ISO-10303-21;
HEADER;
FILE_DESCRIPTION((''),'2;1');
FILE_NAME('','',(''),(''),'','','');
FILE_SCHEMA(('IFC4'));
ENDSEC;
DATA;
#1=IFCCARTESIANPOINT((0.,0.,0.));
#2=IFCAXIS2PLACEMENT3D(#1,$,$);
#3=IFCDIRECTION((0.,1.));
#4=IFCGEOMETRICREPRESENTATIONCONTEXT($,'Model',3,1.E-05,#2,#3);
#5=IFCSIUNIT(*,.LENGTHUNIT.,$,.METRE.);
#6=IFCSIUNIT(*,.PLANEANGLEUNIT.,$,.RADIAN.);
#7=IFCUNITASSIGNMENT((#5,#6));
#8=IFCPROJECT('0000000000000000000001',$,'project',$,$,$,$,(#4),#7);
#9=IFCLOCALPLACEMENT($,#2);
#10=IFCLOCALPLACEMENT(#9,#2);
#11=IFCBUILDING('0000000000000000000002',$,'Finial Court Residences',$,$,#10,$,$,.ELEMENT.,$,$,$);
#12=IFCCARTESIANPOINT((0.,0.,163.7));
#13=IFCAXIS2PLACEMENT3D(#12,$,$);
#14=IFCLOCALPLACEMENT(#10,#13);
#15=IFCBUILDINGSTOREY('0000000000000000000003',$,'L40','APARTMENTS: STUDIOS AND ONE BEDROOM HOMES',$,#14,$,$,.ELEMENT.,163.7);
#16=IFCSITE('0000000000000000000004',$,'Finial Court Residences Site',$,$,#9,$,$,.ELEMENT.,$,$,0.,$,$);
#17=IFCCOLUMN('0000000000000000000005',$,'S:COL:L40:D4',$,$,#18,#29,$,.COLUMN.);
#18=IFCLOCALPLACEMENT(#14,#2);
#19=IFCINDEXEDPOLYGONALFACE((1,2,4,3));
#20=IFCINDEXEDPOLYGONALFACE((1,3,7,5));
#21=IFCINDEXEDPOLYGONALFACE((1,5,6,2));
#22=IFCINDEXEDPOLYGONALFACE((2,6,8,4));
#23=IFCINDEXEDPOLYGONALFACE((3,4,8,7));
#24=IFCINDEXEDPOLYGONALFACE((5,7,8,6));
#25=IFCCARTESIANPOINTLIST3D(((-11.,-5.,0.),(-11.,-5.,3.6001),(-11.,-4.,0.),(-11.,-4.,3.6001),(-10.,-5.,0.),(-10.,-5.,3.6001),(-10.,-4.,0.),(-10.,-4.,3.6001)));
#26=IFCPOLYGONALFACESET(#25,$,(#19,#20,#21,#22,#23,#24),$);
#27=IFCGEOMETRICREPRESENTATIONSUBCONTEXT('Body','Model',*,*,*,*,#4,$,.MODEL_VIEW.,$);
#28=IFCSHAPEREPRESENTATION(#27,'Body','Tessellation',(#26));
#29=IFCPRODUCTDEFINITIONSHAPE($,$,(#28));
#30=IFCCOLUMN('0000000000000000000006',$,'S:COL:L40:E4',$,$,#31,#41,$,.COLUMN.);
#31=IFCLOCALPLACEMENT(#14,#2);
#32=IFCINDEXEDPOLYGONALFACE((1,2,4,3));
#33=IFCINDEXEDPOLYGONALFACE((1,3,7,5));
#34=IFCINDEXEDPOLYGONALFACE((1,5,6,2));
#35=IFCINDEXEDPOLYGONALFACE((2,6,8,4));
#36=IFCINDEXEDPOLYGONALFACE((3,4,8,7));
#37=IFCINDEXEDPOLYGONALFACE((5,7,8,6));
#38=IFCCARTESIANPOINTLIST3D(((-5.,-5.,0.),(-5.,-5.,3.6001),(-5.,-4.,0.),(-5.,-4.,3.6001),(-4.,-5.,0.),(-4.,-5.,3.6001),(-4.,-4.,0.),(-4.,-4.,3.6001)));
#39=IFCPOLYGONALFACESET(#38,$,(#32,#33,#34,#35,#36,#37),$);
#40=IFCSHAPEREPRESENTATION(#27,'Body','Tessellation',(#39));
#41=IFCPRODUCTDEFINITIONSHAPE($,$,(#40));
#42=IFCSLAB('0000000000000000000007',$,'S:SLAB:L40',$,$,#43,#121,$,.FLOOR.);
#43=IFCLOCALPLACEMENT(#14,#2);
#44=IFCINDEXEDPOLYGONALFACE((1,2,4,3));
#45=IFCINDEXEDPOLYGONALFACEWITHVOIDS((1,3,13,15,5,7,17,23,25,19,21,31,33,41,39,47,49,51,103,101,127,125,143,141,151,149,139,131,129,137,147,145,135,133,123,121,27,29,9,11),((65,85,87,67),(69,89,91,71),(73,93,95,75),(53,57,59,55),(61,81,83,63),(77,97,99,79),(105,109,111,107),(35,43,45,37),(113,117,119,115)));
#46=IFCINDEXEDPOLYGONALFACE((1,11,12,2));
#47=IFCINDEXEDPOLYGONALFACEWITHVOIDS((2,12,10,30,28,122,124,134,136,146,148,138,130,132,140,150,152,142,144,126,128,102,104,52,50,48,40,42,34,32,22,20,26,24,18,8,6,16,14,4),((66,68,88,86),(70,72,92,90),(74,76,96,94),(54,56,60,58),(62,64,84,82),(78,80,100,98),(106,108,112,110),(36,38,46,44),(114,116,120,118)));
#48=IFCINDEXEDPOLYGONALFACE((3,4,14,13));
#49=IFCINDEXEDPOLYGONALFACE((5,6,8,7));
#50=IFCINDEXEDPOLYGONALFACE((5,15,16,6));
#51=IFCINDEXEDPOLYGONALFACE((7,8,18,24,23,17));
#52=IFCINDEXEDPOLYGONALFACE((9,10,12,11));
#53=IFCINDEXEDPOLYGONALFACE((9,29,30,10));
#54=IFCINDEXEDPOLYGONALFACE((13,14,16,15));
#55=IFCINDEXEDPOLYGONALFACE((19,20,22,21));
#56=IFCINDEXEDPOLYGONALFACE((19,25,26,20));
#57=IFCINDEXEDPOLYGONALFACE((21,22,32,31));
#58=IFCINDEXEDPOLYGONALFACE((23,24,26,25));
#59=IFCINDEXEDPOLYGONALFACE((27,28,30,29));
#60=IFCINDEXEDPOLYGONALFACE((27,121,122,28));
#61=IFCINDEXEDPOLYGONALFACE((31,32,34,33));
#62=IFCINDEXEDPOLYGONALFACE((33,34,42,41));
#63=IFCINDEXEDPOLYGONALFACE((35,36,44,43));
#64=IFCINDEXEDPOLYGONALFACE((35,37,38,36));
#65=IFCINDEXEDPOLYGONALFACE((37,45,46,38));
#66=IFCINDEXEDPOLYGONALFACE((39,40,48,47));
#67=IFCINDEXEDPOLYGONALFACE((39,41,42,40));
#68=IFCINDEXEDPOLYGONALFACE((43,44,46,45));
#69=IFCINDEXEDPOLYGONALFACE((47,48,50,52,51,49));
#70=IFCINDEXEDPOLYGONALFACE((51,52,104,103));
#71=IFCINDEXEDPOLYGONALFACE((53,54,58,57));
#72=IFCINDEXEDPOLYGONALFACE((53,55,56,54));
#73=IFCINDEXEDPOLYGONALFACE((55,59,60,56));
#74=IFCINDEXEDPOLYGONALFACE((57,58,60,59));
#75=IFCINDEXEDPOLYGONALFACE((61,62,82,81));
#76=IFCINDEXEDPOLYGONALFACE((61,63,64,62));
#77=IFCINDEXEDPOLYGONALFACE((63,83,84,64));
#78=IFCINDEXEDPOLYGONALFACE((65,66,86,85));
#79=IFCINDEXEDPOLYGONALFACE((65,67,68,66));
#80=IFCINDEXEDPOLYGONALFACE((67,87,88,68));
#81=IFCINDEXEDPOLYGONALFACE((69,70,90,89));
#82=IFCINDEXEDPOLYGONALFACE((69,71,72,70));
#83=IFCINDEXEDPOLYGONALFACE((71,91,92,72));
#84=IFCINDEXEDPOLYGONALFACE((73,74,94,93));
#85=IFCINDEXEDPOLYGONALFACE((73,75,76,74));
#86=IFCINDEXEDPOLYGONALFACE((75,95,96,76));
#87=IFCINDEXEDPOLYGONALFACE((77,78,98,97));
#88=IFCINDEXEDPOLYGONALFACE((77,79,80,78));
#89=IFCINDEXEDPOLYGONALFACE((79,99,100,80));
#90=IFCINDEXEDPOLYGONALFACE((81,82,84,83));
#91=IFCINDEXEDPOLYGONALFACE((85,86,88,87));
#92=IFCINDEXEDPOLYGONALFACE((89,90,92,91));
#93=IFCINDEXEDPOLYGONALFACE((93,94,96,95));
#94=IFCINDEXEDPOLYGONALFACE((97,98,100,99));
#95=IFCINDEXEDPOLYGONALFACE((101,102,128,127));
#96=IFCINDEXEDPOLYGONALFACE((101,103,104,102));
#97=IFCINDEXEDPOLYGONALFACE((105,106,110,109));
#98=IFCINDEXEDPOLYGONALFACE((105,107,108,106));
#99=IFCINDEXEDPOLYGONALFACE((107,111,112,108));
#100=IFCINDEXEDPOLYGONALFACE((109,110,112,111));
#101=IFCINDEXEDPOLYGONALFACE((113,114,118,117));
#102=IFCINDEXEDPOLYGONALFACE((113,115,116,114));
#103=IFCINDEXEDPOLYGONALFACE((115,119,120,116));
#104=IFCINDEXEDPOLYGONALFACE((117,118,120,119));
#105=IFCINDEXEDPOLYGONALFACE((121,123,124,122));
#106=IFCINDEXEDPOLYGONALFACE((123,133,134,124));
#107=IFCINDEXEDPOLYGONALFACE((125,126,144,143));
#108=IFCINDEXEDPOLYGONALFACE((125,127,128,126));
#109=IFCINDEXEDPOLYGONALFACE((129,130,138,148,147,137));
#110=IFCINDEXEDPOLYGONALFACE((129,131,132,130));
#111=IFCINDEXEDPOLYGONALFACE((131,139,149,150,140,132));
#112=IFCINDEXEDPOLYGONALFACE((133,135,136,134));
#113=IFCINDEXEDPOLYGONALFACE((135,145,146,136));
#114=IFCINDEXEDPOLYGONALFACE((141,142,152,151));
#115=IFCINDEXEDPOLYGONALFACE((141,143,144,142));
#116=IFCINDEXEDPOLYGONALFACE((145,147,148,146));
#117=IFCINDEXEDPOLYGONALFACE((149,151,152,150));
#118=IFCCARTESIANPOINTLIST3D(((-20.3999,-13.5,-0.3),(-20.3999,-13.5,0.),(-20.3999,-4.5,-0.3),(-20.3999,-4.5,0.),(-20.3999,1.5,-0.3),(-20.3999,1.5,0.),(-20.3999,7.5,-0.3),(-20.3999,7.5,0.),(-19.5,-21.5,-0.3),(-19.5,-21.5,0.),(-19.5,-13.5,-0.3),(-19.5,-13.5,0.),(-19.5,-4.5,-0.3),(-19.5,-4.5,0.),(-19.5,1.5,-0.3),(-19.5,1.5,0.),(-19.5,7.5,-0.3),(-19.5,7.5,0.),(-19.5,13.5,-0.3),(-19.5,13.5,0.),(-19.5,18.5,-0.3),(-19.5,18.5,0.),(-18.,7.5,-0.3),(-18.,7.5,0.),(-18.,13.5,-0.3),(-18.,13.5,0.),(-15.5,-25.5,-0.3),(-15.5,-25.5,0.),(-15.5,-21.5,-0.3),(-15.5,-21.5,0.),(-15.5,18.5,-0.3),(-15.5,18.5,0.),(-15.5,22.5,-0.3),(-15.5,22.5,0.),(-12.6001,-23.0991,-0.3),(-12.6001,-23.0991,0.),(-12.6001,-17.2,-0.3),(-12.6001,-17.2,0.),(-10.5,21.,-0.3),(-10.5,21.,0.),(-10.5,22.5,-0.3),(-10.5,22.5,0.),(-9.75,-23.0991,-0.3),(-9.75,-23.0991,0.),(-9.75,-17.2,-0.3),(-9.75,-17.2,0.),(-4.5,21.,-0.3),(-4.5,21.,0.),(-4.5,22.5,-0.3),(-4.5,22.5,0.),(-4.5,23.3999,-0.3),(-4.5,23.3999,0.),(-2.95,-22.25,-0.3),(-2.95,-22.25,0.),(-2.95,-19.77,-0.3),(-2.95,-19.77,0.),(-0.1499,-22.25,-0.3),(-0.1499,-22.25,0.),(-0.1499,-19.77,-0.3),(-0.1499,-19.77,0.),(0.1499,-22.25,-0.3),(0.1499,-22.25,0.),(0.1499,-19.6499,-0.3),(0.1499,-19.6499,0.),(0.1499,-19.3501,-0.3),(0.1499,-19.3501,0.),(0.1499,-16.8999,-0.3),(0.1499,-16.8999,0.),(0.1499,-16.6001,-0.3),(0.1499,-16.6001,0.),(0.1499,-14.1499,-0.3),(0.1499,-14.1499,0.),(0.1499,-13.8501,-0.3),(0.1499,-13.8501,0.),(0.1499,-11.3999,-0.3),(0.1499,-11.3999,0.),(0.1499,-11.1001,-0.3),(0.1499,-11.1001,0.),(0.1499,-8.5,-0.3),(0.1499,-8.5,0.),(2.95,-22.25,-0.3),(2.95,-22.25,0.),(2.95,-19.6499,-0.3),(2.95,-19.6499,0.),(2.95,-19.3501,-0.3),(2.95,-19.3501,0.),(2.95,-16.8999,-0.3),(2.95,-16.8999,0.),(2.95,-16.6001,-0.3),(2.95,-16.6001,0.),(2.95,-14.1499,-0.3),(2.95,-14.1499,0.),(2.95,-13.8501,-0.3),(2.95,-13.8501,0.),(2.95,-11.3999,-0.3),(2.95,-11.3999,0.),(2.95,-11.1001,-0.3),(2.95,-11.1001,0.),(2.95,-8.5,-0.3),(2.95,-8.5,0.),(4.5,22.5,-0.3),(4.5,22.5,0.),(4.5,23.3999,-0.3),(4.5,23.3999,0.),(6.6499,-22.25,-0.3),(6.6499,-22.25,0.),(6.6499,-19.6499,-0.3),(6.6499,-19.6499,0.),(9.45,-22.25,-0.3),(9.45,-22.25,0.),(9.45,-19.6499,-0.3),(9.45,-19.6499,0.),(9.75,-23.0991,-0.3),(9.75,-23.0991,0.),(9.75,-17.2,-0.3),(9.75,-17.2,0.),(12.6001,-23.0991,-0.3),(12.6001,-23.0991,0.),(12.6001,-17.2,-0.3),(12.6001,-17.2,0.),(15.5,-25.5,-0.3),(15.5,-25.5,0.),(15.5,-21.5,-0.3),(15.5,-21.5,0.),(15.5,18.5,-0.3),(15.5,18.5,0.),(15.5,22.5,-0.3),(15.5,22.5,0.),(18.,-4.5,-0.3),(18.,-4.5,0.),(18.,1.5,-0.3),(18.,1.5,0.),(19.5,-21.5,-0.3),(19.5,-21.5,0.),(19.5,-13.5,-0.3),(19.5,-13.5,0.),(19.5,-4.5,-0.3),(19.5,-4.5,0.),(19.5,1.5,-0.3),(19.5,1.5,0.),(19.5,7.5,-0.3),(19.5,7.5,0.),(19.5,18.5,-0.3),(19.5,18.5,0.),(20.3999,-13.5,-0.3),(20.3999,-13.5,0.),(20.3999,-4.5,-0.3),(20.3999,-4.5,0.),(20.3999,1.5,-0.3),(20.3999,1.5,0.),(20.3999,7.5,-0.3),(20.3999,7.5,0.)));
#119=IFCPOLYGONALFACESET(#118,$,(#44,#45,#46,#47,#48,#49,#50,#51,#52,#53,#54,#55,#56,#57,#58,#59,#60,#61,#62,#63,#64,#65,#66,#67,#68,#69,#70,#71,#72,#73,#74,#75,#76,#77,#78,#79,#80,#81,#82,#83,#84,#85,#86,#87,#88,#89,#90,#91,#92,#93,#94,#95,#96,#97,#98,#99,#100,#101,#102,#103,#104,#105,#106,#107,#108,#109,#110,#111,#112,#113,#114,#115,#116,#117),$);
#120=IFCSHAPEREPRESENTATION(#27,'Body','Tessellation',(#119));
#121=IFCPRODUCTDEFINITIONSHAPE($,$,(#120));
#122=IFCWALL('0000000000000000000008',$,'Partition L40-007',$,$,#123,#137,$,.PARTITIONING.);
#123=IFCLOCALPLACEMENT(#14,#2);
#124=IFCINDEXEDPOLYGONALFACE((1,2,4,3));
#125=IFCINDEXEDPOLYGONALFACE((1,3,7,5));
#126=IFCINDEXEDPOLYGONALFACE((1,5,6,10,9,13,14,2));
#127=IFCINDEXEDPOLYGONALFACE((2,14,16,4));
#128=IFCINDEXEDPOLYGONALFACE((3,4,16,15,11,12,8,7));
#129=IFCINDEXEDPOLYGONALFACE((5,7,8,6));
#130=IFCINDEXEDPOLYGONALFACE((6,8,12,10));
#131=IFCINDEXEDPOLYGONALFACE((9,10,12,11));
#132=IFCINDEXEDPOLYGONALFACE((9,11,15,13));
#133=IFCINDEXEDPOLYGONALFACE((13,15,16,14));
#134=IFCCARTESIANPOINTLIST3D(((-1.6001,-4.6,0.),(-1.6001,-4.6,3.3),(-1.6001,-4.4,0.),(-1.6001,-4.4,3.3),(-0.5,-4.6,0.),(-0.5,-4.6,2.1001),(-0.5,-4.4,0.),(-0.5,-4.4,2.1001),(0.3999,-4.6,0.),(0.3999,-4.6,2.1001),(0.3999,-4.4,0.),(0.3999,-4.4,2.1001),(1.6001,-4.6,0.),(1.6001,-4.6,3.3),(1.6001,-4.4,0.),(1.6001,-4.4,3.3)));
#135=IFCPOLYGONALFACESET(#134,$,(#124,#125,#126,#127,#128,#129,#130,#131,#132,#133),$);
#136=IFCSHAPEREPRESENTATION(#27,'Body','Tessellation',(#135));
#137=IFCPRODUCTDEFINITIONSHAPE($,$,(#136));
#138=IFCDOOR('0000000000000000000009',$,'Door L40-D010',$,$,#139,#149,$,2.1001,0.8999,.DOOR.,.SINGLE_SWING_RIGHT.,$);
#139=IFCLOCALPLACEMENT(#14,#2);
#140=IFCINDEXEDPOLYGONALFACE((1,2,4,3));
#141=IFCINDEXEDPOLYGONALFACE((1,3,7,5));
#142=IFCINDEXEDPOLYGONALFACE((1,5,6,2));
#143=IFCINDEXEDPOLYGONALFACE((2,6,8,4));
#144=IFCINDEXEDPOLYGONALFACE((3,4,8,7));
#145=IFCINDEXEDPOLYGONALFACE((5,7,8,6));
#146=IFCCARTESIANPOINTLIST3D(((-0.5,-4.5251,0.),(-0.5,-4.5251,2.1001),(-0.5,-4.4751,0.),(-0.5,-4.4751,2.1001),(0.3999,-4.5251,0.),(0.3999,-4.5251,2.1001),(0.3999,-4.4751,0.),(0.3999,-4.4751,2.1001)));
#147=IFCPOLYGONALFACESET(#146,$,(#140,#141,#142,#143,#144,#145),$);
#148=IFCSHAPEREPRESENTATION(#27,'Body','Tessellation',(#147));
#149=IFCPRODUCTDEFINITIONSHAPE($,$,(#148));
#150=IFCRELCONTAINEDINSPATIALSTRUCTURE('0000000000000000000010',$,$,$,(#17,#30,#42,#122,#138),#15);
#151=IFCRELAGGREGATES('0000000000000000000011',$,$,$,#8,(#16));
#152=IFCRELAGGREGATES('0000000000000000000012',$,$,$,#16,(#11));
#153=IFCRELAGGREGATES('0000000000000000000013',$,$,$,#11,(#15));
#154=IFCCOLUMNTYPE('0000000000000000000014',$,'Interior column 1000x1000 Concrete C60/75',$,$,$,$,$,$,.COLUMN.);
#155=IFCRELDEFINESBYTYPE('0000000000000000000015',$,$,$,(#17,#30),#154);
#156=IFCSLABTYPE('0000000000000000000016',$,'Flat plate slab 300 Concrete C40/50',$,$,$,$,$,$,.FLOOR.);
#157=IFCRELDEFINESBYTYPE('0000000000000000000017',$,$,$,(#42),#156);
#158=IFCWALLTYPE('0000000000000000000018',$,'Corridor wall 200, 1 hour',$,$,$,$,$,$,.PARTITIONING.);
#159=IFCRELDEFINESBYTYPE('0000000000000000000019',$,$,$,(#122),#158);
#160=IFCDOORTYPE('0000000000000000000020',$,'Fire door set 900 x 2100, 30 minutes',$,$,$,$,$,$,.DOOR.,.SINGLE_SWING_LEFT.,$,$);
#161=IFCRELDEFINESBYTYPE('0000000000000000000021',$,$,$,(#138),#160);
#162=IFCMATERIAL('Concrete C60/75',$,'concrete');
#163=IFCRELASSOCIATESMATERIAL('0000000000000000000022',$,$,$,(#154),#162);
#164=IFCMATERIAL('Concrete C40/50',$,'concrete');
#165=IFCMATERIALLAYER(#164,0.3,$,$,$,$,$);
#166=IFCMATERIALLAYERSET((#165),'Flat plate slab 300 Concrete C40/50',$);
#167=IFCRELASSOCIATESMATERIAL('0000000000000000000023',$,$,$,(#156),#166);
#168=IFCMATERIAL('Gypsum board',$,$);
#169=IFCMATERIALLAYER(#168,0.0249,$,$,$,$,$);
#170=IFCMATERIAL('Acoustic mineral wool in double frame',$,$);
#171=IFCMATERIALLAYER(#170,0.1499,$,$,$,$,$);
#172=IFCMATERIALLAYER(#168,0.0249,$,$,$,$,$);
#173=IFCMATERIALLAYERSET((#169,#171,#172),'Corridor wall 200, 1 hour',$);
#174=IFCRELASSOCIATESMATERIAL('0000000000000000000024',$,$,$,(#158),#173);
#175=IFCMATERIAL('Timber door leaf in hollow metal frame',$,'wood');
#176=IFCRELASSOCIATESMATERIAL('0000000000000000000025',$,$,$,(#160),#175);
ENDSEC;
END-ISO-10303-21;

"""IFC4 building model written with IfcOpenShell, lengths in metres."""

from ifc_helpers import new_model, si_unit, direction, frame, frame_2d, origin, origin_2d, place, context, subcontext, project, spatial, polyline, rectangle, outline, extrude, material, layer, layer_set, material_profile, profile_set, type_object, element, fill, save


model = new_model("IFC4")

# Units and contexts
model_context = context("Model", 3, precision=1e-05, world=origin(), true_north=direction((0.0, 1.0)))
body_context = subcontext(model_context, "Body", "Model", "MODEL_VIEW")
ifc_project = project(units=[si_unit("LENGTHUNIT", "METRE"), si_unit("PLANEANGLEUNIT", "RADIAN")], contexts=[model_context])

# Site, building, storey
site_placement = place(None, origin())
site = spatial("IfcSite", under=ifc_project, at=site_placement, Name="Finial Court Residences Site", CompositionType="ELEMENT", RefElevation=0.0)
building_placement = place(site_placement, origin())
building = spatial("IfcBuilding", under=site, at=building_placement, Name="Finial Court Residences", CompositionType="ELEMENT")
storey_placement = place(building_placement, frame((0.0, 0.0, 163.7)))
storey = spatial("IfcBuildingStorey", under=building, at=storey_placement, Name="L40", Description="APARTMENTS: STUDIOS AND ONE BEDROOM HOMES", CompositionType="ELEMENT", Elevation=163.7)

# Columns
ifc_material_1 = material(Name="Concrete C60/75", Category="concrete")
ifc_material_profile = material_profile(ifc_material_1, rectangle(XDim=1.0, YDim=1.0, at=origin_2d()), Name="1000x1000")
ifc_profile_set = profile_set([ifc_material_profile], Name="Concrete C60/75")
column_type = type_object("IfcColumnType", Name="Interior column 1000x1000 Concrete C60/75", PredefinedType="COLUMN", material=ifc_profile_set)
for number, where, z_axis, x_axis, name in (
    (1, (-10.5, -4.5, 0.0), (0.0, 0.0, 1.0), (1.0, 0.0, 0.0), "S:COL:L40:D4"),
    (2, (-4.5, -4.5, 0.0), (0.0, 0.0, 1.0), (1.0, 0.0, 0.0), "S:COL:L40:E4"),
):
    element("IfcColumn", number, at=place(storey_placement, frame(where, z_axis=z_axis, x_axis=x_axis)), inside=storey, type_object=column_type, Name=name, PredefinedType="COLUMN", context=body_context, shape_type="SweptSolid", body=[
        extrude(rectangle(XDim=1.0, YDim=1.0, at=origin_2d()), origin(), (0.0, 0.0, 1.0), 3.6001),
    ])

# Slab
ifc_material_2 = material(Name="Concrete C40/50", Category="concrete")
ifc_layer_1 = layer(ifc_material_2, 0.3)
ifc_layer_set_1 = layer_set([ifc_layer_1], Name="Flat plate slab 300 Concrete C40/50")
slab_type = type_object("IfcSlabType", Name="Flat plate slab 300 Concrete C40/50", PredefinedType="FLOOR", material=ifc_layer_set_1)
slab_placement = place(storey_placement, frame((0.0, 0.0, -0.3)))
element("IfcSlab", 3, at=slab_placement, inside=storey, type_object=slab_type, Name="S:SLAB:L40", PredefinedType="FLOOR", context=body_context, shape_type="SweptSolid", body=[
    extrude(outline(polyline([(-20.3999, 7.5), (-19.5, 7.5), (-18.0, 7.5), (-18.0, 13.5), (-19.5, 13.5), (-19.5, 18.5), (-15.5, 18.5), (-15.5, 22.5), (-10.5, 22.5), (-10.5, 21.0), (-4.5, 21.0), (-4.5, 22.5), (-4.5, 23.3999), (4.5, 23.3999), (4.5, 22.5), (15.5, 22.5), (15.5, 18.5), (19.5, 18.5), (19.5, 7.5), (20.3999, 7.5), (20.3999, 1.5), (19.5, 1.5), (18.0, 1.5), (18.0, -4.5), (19.5, -4.5), (20.3999, -4.5), (20.3999, -13.5), (19.5, -13.5), (19.5, -21.5), (15.5, -21.5), (15.5, -25.5), (-15.5, -25.5), (-15.5, -21.5), (-19.5, -21.5), (-19.5, -13.5), (-20.3999, -13.5), (-20.3999, -4.5), (-19.5, -4.5), (-19.5, 1.5), (-20.3999, 1.5), (-20.3999, 7.5)]), holes=[polyline([(-0.1499, -19.77), (-2.95, -19.77), (-2.95, -22.25), (-0.1499, -22.25), (-0.1499, -19.77)]), polyline([(2.95, -19.6499), (0.1499, -19.6499), (0.1499, -22.25), (2.95, -22.25), (2.95, -19.6499)]), polyline([(9.45, -19.6499), (6.6499, -19.6499), (6.6499, -22.25), (9.45, -22.25), (9.45, -19.6499)]), polyline([(-12.6001, -17.2), (-12.6001, -23.0991), (-9.75, -23.0991), (-9.75, -17.2), (-12.6001, -17.2)]), polyline([(9.75, -17.2), (9.75, -23.0991), (12.6001, -23.0991), (12.6001, -17.2), (9.75, -17.2)]), polyline([(2.95, -16.8999), (0.1499, -16.8999), (0.1499, -19.3501), (2.95, -19.3501), (2.95, -16.8999)]), polyline([(2.95, -14.1499), (0.1499, -14.1499), (0.1499, -16.6001), (2.95, -16.6001), (2.95, -14.1499)]), polyline([(2.95, -13.8501), (2.95, -11.3999), (0.1499, -11.3999), (0.1499, -13.8501), (2.95, -13.8501)]), polyline([(2.95, -11.1001), (2.95, -8.5), (0.1499, -8.5), (0.1499, -11.1001), (2.95, -11.1001)])]), origin(), (0.0, 0.0, 1.0), 0.3),
])

# Wall, opening, door
ifc_material_3 = material(Name="Gypsum board")
ifc_layer_2 = layer(ifc_material_3, 0.0249)
ifc_material_4 = material(Name="Acoustic mineral wool in double frame")
ifc_layer_3 = layer(ifc_material_4, 0.1499)
ifc_layer_4 = layer(ifc_material_3, 0.0249)
ifc_layer_set_2 = layer_set([ifc_layer_2, ifc_layer_3, ifc_layer_4], Name="Corridor wall 200, 1 hour")
wall_type_1 = type_object("IfcWallType", Name="Corridor wall 200, 1 hour", PredefinedType="PARTITIONING", material=ifc_layer_set_2)
wall_1_placement = place(storey_placement, frame((-1.6001, -4.5, 0.0), z_axis=(0.0, 0.0, 1.0), x_axis=(1.0, 0.0, 0.0)))
wall_1 = element("IfcWall", 4, at=wall_1_placement, inside=storey, type_object=wall_type_1, Name="Partition L40-007", PredefinedType="PARTITIONING", context=body_context, shape_type="SweptSolid", body=[
    extrude(rectangle(XDim=3.2002, YDim=0.2, at=frame_2d((1.6001, 0.0))), origin(), (0.0, 0.0, 1.0), 3.3),
])
opening_1_placement = place(wall_1_placement, frame((1.1001, 0.0, 0.0)))
opening_1 = element("IfcOpeningElement", 5, at=opening_1_placement, cuts=wall_1, PredefinedType="OPENING", context=body_context, shape_type="SweptSolid", body=[
    extrude(rectangle(XDim=0.8999, YDim=2.1001, at=frame_2d((0.45, 1.05))), frame((0.0, 0.1099, 0.0), z_axis=(0.0, -1.0, 0.0), x_axis=(1.0, 0.0, 0.0)), (0.0, 0.0, 1.0), 0.22),
])
ifc_material_5 = material(Name="Timber door leaf in hollow metal frame", Category="wood")
door_type_1 = type_object("IfcDoorType", Name="Fire door set 900 x 2100, 30 minutes", OperationType="SINGLE_SWING_LEFT", PredefinedType="DOOR", material=ifc_material_5)
door_1_placement = place(opening_1_placement, origin())
door_1 = element("IfcDoor", 6, at=door_1_placement, inside=storey, type_object=door_type_1, Name="Door L40-D010", OperationType="SINGLE_SWING_RIGHT", OverallHeight=2.1001, OverallWidth=0.8999, PredefinedType="DOOR", context=body_context, shape_type="SweptSolid", body=[
    extrude(rectangle(XDim=0.8999, YDim=2.1001, at=frame_2d((0.45, 1.05))), frame((0.0, 0.0249, 0.0), z_axis=(0.0, -1.0, 0.0), x_axis=(1.0, 0.0, 0.0)), (0.0, 0.0, 1.0), 0.05),
])
fill(opening_1, door_1)

save(model, "model.ifc")
